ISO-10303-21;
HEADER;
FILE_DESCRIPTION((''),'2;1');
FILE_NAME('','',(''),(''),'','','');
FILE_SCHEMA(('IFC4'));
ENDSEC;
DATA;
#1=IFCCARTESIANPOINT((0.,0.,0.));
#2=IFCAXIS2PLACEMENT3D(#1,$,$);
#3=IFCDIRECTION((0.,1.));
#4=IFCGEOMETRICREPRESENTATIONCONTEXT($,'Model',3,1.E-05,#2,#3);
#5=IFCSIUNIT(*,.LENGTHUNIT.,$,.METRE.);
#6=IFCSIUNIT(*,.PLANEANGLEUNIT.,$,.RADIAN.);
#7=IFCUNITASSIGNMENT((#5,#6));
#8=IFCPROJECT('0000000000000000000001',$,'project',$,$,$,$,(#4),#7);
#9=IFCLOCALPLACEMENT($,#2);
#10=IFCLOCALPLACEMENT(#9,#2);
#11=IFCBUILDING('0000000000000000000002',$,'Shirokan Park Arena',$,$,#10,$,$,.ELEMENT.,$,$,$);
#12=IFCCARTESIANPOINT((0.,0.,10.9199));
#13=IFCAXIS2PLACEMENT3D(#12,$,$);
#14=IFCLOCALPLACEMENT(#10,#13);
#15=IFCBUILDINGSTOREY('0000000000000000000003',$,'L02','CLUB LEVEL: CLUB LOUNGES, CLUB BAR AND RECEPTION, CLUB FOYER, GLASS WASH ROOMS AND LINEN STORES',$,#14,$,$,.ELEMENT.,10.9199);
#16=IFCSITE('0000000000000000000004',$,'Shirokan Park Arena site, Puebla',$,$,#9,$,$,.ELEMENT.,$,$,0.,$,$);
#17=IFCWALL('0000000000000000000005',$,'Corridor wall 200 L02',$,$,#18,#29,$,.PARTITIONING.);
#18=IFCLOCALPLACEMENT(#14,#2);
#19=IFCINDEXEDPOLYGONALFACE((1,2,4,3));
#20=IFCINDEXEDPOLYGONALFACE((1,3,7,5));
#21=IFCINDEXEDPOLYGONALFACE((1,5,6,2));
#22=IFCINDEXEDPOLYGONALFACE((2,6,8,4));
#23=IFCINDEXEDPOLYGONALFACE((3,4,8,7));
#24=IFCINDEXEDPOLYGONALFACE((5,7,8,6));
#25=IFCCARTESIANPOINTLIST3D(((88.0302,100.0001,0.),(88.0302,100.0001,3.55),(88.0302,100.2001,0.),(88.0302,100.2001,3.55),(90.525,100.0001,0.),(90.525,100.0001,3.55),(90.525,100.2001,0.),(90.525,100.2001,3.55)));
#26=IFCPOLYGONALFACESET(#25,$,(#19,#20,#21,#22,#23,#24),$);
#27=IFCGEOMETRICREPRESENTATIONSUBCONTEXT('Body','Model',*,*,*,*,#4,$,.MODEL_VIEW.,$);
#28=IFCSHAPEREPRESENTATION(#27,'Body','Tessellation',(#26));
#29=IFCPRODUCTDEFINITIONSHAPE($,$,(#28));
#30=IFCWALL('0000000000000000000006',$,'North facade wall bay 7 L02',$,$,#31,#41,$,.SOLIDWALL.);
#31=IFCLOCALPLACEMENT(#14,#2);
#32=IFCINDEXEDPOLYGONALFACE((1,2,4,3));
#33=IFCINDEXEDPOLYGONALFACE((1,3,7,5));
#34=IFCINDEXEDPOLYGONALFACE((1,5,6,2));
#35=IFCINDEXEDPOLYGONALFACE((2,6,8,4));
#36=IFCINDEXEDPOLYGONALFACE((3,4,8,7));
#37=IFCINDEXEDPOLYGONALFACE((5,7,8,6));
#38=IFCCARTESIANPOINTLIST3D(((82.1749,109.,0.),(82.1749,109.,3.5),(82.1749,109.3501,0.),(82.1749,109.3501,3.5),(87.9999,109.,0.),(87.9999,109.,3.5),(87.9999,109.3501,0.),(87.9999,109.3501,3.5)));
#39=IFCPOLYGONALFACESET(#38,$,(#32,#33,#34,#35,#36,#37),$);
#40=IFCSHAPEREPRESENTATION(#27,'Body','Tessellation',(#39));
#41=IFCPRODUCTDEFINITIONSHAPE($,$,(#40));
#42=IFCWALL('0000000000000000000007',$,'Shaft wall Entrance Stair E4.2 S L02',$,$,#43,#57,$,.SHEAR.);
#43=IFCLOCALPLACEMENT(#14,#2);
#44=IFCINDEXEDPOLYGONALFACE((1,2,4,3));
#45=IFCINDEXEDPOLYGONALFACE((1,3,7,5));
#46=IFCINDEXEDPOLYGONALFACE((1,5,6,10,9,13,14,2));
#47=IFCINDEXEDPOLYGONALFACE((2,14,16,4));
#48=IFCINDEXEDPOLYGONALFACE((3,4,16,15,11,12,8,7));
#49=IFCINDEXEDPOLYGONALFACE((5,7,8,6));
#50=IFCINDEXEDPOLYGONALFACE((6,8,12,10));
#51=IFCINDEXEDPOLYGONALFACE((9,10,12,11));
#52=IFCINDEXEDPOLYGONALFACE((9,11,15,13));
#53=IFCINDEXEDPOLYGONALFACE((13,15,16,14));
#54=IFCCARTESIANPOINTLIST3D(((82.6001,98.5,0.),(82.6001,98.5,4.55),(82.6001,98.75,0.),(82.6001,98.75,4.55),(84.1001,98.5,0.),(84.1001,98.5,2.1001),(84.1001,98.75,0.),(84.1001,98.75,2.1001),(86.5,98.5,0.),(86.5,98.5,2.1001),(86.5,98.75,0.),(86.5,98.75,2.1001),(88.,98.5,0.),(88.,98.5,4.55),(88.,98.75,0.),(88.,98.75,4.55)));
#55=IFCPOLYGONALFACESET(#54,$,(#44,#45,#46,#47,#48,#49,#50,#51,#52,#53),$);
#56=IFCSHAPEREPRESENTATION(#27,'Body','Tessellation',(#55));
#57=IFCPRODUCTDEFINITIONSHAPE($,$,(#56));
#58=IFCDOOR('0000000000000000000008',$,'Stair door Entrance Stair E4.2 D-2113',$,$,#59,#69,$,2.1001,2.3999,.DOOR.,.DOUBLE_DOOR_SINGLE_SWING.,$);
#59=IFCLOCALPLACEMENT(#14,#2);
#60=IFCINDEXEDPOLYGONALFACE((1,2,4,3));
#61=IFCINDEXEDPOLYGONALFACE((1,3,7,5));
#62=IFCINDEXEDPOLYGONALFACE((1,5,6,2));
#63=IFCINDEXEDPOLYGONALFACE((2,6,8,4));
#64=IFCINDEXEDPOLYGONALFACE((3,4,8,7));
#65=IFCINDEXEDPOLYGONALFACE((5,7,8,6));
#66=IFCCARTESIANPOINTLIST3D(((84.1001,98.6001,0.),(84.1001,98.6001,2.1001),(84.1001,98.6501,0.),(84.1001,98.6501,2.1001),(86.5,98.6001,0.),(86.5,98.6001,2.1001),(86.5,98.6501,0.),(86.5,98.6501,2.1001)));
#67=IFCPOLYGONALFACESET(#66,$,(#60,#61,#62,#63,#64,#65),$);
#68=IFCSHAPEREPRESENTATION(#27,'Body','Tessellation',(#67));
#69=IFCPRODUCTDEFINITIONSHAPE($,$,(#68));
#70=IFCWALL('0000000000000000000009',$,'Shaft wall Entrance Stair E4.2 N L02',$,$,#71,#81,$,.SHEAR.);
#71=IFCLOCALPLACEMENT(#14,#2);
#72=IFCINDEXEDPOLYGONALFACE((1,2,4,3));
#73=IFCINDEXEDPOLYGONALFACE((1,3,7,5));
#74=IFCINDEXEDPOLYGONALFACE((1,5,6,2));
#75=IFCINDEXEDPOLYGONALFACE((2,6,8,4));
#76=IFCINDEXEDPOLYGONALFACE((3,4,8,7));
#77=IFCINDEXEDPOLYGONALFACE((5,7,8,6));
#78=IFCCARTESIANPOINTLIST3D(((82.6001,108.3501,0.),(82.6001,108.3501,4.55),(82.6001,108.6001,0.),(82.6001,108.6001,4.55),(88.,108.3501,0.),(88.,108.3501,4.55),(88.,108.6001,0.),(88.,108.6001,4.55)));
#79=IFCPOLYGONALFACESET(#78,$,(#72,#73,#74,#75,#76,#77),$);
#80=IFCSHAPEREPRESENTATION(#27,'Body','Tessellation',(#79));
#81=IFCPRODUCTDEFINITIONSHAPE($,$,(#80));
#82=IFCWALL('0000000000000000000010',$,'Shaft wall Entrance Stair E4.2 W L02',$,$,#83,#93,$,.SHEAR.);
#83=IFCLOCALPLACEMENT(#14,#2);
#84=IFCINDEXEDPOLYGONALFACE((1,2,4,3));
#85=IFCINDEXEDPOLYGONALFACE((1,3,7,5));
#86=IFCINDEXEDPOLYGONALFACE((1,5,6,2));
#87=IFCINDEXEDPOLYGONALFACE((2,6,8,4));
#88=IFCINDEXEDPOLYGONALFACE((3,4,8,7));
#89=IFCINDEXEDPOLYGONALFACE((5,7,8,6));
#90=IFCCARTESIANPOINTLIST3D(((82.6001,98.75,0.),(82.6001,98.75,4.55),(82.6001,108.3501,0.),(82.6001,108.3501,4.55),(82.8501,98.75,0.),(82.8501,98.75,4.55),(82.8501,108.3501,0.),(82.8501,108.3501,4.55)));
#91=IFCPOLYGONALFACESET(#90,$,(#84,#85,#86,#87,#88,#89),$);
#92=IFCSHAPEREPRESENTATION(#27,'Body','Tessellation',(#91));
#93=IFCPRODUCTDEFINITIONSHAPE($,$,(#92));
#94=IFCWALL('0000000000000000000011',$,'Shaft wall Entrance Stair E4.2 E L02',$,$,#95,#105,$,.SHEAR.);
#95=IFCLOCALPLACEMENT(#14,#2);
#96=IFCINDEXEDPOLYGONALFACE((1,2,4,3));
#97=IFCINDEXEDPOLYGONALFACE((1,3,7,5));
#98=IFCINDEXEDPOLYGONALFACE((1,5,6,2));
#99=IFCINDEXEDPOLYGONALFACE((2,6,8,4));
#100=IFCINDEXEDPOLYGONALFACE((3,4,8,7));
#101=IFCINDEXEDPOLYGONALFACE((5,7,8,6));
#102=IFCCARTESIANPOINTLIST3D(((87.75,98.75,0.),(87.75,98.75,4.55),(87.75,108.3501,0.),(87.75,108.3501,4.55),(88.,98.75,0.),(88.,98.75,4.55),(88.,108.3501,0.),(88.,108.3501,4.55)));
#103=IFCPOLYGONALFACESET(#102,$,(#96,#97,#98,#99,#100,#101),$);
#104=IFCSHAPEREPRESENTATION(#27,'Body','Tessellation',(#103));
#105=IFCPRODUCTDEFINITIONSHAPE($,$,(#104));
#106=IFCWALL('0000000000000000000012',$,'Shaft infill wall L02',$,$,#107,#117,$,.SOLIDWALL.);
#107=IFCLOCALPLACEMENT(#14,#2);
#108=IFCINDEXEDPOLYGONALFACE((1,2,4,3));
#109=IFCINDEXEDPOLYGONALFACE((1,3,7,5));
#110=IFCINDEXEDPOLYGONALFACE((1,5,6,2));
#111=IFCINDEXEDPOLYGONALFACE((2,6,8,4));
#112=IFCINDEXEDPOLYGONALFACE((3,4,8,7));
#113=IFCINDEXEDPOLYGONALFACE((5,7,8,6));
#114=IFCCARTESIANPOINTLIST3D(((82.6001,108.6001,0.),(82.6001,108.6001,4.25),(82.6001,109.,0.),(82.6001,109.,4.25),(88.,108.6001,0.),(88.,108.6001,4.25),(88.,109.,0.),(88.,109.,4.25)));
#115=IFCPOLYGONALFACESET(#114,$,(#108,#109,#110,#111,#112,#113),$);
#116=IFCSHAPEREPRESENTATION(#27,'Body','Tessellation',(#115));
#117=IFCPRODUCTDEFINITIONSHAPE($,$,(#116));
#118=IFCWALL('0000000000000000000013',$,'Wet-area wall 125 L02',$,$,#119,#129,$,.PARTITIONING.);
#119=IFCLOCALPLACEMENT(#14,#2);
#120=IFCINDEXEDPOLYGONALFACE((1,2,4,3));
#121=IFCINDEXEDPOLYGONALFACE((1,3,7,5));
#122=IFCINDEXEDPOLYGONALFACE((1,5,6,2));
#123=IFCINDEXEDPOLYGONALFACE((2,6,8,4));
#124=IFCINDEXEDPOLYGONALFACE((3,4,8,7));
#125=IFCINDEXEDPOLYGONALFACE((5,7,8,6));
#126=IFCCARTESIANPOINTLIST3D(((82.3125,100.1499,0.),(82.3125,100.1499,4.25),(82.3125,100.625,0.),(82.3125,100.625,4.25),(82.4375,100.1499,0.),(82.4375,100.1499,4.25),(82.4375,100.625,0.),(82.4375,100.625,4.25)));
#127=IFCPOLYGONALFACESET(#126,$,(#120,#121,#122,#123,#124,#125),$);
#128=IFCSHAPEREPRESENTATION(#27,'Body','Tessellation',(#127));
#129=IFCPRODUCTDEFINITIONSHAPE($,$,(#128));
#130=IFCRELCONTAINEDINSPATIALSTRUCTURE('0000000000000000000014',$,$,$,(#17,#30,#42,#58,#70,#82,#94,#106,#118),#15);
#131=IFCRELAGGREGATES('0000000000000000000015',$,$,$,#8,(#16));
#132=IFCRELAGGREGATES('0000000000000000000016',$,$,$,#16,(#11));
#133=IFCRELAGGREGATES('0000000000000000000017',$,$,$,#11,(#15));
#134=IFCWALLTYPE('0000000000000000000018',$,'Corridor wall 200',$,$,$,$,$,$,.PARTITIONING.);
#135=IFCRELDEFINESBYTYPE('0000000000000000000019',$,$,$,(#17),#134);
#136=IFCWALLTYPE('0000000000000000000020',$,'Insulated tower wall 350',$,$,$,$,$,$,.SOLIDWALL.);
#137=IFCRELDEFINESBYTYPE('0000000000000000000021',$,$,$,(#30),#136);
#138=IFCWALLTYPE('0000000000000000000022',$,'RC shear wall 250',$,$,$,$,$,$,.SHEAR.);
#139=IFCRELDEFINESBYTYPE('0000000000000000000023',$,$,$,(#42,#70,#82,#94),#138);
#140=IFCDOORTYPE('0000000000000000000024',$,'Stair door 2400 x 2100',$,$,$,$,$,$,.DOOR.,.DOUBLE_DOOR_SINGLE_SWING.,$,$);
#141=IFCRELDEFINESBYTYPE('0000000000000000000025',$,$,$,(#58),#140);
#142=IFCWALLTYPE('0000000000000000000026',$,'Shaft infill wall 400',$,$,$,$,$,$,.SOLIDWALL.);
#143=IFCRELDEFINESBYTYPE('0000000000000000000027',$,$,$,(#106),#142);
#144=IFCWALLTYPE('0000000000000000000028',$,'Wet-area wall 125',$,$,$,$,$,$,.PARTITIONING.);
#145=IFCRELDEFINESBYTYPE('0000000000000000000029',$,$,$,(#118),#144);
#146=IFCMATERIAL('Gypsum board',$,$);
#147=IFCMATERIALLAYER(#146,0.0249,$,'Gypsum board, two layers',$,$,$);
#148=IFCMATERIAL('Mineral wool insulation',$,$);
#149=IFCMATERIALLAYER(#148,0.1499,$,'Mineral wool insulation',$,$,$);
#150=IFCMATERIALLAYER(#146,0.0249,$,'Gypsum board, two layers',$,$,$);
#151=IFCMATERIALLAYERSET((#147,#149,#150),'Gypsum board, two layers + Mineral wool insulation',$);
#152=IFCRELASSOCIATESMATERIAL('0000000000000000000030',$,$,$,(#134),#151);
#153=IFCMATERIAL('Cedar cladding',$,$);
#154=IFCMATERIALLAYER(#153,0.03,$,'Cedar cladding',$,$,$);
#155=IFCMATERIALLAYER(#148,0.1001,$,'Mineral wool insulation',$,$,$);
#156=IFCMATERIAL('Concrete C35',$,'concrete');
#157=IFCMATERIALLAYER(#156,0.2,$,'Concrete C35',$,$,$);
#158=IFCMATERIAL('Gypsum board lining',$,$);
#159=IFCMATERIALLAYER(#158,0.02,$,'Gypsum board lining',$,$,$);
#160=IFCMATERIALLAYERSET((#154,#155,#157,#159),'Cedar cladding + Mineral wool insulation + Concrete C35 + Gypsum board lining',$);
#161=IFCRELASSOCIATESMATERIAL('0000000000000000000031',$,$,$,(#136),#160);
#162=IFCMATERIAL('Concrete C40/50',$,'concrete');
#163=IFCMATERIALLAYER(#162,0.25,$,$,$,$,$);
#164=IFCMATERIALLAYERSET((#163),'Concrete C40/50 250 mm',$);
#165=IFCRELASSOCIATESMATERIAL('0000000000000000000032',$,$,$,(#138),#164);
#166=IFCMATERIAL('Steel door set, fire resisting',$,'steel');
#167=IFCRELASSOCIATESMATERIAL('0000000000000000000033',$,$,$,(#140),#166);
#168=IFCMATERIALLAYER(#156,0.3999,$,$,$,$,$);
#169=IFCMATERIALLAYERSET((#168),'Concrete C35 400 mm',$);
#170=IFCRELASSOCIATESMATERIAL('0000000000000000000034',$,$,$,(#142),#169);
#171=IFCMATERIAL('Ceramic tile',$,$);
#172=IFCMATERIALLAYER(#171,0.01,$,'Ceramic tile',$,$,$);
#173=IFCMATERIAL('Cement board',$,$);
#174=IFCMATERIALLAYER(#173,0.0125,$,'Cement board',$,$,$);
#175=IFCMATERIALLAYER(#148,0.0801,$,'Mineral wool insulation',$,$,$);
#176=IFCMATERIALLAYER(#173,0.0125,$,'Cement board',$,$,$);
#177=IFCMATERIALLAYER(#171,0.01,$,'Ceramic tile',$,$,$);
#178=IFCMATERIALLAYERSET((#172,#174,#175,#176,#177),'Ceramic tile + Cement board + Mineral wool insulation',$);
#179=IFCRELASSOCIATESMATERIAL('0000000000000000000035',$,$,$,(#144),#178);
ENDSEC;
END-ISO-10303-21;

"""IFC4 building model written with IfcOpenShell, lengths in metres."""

from ifc_helpers import new_model, si_unit, direction, frame, frame_2d, origin, place, context, subcontext, project, spatial, rectangle, extrude, material, layer, layer_set, type_object, element, fill, save


model = new_model("IFC4")

# Units and contexts
model_context = context("Model", 3, precision=1e-05, world=origin(), true_north=direction((0.0, 1.0)))
body_context = subcontext(model_context, "Body", "Model", "MODEL_VIEW")
ifc_project = project(units=[si_unit("LENGTHUNIT", "METRE"), si_unit("PLANEANGLEUNIT", "RADIAN")], contexts=[model_context])

# Site, building, storey
site_placement = place(None, origin())
site = spatial("IfcSite", under=ifc_project, at=site_placement, Name="Shirokan Park Arena site, Puebla", CompositionType="ELEMENT", RefElevation=0.0)
building_placement = place(site_placement, origin())
building = spatial("IfcBuilding", under=site, at=building_placement, Name="Shirokan Park Arena", CompositionType="ELEMENT")
storey_placement = place(building_placement, frame((0.0, 0.0, 10.9199)))
storey = spatial("IfcBuildingStorey", under=building, at=storey_placement, Name="L02", Description="CLUB LEVEL: CLUB LOUNGES, CLUB BAR AND RECEPTION, CLUB FOYER, GLASS WASH ROOMS AND LINEN STORES", CompositionType="ELEMENT", Elevation=10.9199)

# Shared definitions
ifc_material_1 = material(Name="Concrete C35", Category="concrete")

# Shared definitions
ifc_material_2 = material(Name="Mineral wool insulation")

# Shared definitions
ifc_material_3 = material(Name="Gypsum board")

# Walls
ifc_layer_1 = layer(ifc_material_3, 0.0249, Name="Gypsum board, two layers")
ifc_layer_2 = layer(ifc_material_2, 0.1499, Name="Mineral wool insulation")
ifc_layer_3 = layer(ifc_material_3, 0.0249, Name="Gypsum board, two layers")
ifc_layer_set_1 = layer_set([ifc_layer_1, ifc_layer_2, ifc_layer_3], Name="Gypsum board, two layers + Mineral wool insulation")
wall_type_1 = type_object("IfcWallType", Name="Corridor wall 200", PredefinedType="PARTITIONING", material=ifc_layer_set_1)
wall_1_placement = place(storey_placement, frame((88.03, 100.1001, 0.0), z_axis=(0.0, 0.0, 1.0), x_axis=(1.0, 0.0, 0.0)))
element("IfcWall", 1, at=wall_1_placement, inside=storey, type_object=wall_type_1, Name="Corridor wall 200 L02", PredefinedType="PARTITIONING", context=body_context, shape_type="SweptSolid", body=[
    extrude(rectangle(XDim=2.4949, YDim=0.2, at=frame_2d((1.2476, 0.0))), origin(), (0.0, 0.0, 1.0), 3.55),
])
ifc_material_4 = material(Name="Cedar cladding")
ifc_layer_4 = layer(ifc_material_4, 0.03, Name="Cedar cladding")
ifc_layer_5 = layer(ifc_material_2, 0.1001, Name="Mineral wool insulation")
ifc_layer_6 = layer(ifc_material_1, 0.2, Name="Concrete C35")
ifc_material_5 = material(Name="Gypsum board lining")
ifc_layer_7 = layer(ifc_material_5, 0.02, Name="Gypsum board lining")
ifc_layer_set_2 = layer_set([ifc_layer_4, ifc_layer_5, ifc_layer_6, ifc_layer_7], Name="Cedar cladding + Mineral wool insulation + Concrete C35 + Gypsum board lining")
wall_type_2 = type_object("IfcWallType", Name="Insulated tower wall 350", PredefinedType="SOLIDWALL", material=ifc_layer_set_2)
wall_2_placement = place(storey_placement, frame((88.0, 109.175, 0.0), z_axis=(0.0, 0.0, 1.0), x_axis=(-1.0, 0.0, 0.0)))
element("IfcWall", 2, at=wall_2_placement, inside=storey, type_object=wall_type_2, Name="North facade wall bay 7 L02", PredefinedType="SOLIDWALL", context=body_context, shape_type="SweptSolid", body=[
    extrude(rectangle(XDim=5.825, YDim=0.3501, at=frame_2d((2.9126, 0.0))), origin(), (0.0, 0.0, 1.0), 3.5),
])

# Wall, opening, door
ifc_material_6 = material(Name="Concrete C40/50", Category="concrete")
ifc_layer_8 = layer(ifc_material_6, 0.25)
ifc_layer_set_3 = layer_set([ifc_layer_8], Name="Concrete C40/50 250 mm")
wall_type_3 = type_object("IfcWallType", Name="RC shear wall 250", PredefinedType="SHEAR", material=ifc_layer_set_3)
wall_3_placement = place(storey_placement, frame((88.0, 98.625, 0.0), z_axis=(0.0, 0.0, 1.0), x_axis=(-1.0, 0.0, 0.0)))
wall_3 = element("IfcWall", 3, at=wall_3_placement, inside=storey, type_object=wall_type_3, Name="Shaft wall Entrance Stair E4.2 S L02", PredefinedType="SHEAR", context=body_context, shape_type="SweptSolid", body=[
    extrude(rectangle(XDim=5.3999, YDim=0.25, at=frame_2d((2.7, 0.0))), origin(), (0.0, 0.0, 1.0), 4.55),
])
opening_1_placement = place(wall_3_placement, frame((1.5, 0.0, 0.0)))
opening_1 = element("IfcOpeningElement", 4, at=opening_1_placement, cuts=wall_3, PredefinedType="OPENING", context=body_context, shape_type="SweptSolid", body=[
    extrude(rectangle(XDim=2.3999, YDim=2.1001, at=frame_2d((1.2, 1.05))), frame((0.0, 0.135, 0.0), z_axis=(0.0, -1.0, 0.0), x_axis=(1.0, 0.0, 0.0)), (0.0, 0.0, 1.0), 0.27),
])
ifc_material_7 = material(Name="Steel door set, fire resisting", Category="steel")
door_type = type_object("IfcDoorType", Name="Stair door 2400 x 2100", OperationType="DOUBLE_DOOR_SINGLE_SWING", PredefinedType="DOOR", material=ifc_material_7)
door_placement = place(opening_1_placement, origin())
door = element("IfcDoor", 5, at=door_placement, inside=storey, type_object=door_type, Name="Stair door Entrance Stair E4.2 D-2113", OperationType="DOUBLE_DOOR_SINGLE_SWING", OverallHeight=2.1001, OverallWidth=2.3999, PredefinedType="DOOR", context=body_context, shape_type="SweptSolid", body=[
    extrude(rectangle(XDim=2.3999, YDim=2.1001, at=frame_2d((1.2, 1.05))), frame((0.0, 0.0249, 0.0), z_axis=(0.0, -1.0, 0.0), x_axis=(1.0, 0.0, 0.0)), (0.0, 0.0, 1.0), 0.05),
])
fill(opening_1, door)

# Walls
wall_4_placement = place(storey_placement, frame((88.0, 108.4751, 0.0), z_axis=(0.0, 0.0, 1.0), x_axis=(-1.0, 0.0, 0.0)))
element("IfcWall", 6, at=wall_4_placement, inside=storey, type_object=wall_type_3, Name="Shaft wall Entrance Stair E4.2 N L02", PredefinedType="SHEAR", context=body_context, shape_type="SweptSolid", body=[
    extrude(rectangle(XDim=5.3999, YDim=0.25, at=frame_2d((2.7, 0.0))), origin(), (0.0, 0.0, 1.0), 4.55),
])
for number, where, z_axis, x_axis, name in (
    (7, (82.7251, 108.3501, 0.0), (0.0, 0.0, 1.0), (0.0, -1.0, 0.0), "Shaft wall Entrance Stair E4.2 W L02"),
    (8, (87.875, 108.3501, 0.0), (0.0, 0.0, 1.0), (0.0, -1.0, 0.0), "Shaft wall Entrance Stair E4.2 E L02"),
):
    element("IfcWall", number, at=place(storey_placement, frame(where, z_axis=z_axis, x_axis=x_axis)), inside=storey, type_object=wall_type_3, Name=name, PredefinedType="SHEAR", context=body_context, shape_type="SweptSolid", body=[
        extrude(rectangle(XDim=9.6001, YDim=0.25, at=frame_2d((4.8, 0.0))), origin(), (0.0, 0.0, 1.0), 4.55),
    ])
ifc_layer_9 = layer(ifc_material_1, 0.3999)
ifc_layer_set_4 = layer_set([ifc_layer_9], Name="Concrete C35 400 mm")
wall_type_4 = type_object("IfcWallType", Name="Shaft infill wall 400", PredefinedType="SOLIDWALL", material=ifc_layer_set_4)
wall_5_placement = place(storey_placement, frame((82.6001, 108.8, 0.0), z_axis=(0.0, 0.0, 1.0), x_axis=(1.0, 0.0, 0.0)))
element("IfcWall", 9, at=wall_5_placement, inside=storey, type_object=wall_type_4, Name="Shaft infill wall L02", PredefinedType="SOLIDWALL", context=body_context, shape_type="SweptSolid", body=[
    extrude(rectangle(XDim=5.3999, YDim=0.3999, at=frame_2d((2.7, 0.0))), origin(), (0.0, 0.0, 1.0), 4.25),
])
ifc_material_8 = material(Name="Ceramic tile")
ifc_layer_10 = layer(ifc_material_8, 0.01, Name="Ceramic tile")
ifc_material_9 = material(Name="Cement board")
ifc_layer_11 = layer(ifc_material_9, 0.0125, Name="Cement board")
ifc_layer_12 = layer(ifc_material_2, 0.0801, Name="Mineral wool insulation")
ifc_layer_13 = layer(ifc_material_9, 0.0125, Name="Cement board")
ifc_layer_14 = layer(ifc_material_8, 0.01, Name="Ceramic tile")
ifc_layer_set_5 = layer_set([ifc_layer_10, ifc_layer_11, ifc_layer_12, ifc_layer_13, ifc_layer_14], Name="Ceramic tile + Cement board + Mineral wool insulation")
wall_type_5 = type_object("IfcWallType", Name="Wet-area wall 125", PredefinedType="PARTITIONING", material=ifc_layer_set_5)
wall_6_placement = place(storey_placement, frame((82.375, 100.625, 0.0), z_axis=(0.0, 0.0, 1.0), x_axis=(0.0, -1.0, 0.0)))
element("IfcWall", 10, at=wall_6_placement, inside=storey, type_object=wall_type_5, Name="Wet-area wall 125 L02", PredefinedType="PARTITIONING", context=body_context, shape_type="SweptSolid", body=[
    extrude(rectangle(XDim=0.4751, YDim=0.125, at=frame_2d((0.2375, 0.0))), origin(), (0.0, 0.0, 1.0), 4.25),
])

save(model, "model.ifc")
